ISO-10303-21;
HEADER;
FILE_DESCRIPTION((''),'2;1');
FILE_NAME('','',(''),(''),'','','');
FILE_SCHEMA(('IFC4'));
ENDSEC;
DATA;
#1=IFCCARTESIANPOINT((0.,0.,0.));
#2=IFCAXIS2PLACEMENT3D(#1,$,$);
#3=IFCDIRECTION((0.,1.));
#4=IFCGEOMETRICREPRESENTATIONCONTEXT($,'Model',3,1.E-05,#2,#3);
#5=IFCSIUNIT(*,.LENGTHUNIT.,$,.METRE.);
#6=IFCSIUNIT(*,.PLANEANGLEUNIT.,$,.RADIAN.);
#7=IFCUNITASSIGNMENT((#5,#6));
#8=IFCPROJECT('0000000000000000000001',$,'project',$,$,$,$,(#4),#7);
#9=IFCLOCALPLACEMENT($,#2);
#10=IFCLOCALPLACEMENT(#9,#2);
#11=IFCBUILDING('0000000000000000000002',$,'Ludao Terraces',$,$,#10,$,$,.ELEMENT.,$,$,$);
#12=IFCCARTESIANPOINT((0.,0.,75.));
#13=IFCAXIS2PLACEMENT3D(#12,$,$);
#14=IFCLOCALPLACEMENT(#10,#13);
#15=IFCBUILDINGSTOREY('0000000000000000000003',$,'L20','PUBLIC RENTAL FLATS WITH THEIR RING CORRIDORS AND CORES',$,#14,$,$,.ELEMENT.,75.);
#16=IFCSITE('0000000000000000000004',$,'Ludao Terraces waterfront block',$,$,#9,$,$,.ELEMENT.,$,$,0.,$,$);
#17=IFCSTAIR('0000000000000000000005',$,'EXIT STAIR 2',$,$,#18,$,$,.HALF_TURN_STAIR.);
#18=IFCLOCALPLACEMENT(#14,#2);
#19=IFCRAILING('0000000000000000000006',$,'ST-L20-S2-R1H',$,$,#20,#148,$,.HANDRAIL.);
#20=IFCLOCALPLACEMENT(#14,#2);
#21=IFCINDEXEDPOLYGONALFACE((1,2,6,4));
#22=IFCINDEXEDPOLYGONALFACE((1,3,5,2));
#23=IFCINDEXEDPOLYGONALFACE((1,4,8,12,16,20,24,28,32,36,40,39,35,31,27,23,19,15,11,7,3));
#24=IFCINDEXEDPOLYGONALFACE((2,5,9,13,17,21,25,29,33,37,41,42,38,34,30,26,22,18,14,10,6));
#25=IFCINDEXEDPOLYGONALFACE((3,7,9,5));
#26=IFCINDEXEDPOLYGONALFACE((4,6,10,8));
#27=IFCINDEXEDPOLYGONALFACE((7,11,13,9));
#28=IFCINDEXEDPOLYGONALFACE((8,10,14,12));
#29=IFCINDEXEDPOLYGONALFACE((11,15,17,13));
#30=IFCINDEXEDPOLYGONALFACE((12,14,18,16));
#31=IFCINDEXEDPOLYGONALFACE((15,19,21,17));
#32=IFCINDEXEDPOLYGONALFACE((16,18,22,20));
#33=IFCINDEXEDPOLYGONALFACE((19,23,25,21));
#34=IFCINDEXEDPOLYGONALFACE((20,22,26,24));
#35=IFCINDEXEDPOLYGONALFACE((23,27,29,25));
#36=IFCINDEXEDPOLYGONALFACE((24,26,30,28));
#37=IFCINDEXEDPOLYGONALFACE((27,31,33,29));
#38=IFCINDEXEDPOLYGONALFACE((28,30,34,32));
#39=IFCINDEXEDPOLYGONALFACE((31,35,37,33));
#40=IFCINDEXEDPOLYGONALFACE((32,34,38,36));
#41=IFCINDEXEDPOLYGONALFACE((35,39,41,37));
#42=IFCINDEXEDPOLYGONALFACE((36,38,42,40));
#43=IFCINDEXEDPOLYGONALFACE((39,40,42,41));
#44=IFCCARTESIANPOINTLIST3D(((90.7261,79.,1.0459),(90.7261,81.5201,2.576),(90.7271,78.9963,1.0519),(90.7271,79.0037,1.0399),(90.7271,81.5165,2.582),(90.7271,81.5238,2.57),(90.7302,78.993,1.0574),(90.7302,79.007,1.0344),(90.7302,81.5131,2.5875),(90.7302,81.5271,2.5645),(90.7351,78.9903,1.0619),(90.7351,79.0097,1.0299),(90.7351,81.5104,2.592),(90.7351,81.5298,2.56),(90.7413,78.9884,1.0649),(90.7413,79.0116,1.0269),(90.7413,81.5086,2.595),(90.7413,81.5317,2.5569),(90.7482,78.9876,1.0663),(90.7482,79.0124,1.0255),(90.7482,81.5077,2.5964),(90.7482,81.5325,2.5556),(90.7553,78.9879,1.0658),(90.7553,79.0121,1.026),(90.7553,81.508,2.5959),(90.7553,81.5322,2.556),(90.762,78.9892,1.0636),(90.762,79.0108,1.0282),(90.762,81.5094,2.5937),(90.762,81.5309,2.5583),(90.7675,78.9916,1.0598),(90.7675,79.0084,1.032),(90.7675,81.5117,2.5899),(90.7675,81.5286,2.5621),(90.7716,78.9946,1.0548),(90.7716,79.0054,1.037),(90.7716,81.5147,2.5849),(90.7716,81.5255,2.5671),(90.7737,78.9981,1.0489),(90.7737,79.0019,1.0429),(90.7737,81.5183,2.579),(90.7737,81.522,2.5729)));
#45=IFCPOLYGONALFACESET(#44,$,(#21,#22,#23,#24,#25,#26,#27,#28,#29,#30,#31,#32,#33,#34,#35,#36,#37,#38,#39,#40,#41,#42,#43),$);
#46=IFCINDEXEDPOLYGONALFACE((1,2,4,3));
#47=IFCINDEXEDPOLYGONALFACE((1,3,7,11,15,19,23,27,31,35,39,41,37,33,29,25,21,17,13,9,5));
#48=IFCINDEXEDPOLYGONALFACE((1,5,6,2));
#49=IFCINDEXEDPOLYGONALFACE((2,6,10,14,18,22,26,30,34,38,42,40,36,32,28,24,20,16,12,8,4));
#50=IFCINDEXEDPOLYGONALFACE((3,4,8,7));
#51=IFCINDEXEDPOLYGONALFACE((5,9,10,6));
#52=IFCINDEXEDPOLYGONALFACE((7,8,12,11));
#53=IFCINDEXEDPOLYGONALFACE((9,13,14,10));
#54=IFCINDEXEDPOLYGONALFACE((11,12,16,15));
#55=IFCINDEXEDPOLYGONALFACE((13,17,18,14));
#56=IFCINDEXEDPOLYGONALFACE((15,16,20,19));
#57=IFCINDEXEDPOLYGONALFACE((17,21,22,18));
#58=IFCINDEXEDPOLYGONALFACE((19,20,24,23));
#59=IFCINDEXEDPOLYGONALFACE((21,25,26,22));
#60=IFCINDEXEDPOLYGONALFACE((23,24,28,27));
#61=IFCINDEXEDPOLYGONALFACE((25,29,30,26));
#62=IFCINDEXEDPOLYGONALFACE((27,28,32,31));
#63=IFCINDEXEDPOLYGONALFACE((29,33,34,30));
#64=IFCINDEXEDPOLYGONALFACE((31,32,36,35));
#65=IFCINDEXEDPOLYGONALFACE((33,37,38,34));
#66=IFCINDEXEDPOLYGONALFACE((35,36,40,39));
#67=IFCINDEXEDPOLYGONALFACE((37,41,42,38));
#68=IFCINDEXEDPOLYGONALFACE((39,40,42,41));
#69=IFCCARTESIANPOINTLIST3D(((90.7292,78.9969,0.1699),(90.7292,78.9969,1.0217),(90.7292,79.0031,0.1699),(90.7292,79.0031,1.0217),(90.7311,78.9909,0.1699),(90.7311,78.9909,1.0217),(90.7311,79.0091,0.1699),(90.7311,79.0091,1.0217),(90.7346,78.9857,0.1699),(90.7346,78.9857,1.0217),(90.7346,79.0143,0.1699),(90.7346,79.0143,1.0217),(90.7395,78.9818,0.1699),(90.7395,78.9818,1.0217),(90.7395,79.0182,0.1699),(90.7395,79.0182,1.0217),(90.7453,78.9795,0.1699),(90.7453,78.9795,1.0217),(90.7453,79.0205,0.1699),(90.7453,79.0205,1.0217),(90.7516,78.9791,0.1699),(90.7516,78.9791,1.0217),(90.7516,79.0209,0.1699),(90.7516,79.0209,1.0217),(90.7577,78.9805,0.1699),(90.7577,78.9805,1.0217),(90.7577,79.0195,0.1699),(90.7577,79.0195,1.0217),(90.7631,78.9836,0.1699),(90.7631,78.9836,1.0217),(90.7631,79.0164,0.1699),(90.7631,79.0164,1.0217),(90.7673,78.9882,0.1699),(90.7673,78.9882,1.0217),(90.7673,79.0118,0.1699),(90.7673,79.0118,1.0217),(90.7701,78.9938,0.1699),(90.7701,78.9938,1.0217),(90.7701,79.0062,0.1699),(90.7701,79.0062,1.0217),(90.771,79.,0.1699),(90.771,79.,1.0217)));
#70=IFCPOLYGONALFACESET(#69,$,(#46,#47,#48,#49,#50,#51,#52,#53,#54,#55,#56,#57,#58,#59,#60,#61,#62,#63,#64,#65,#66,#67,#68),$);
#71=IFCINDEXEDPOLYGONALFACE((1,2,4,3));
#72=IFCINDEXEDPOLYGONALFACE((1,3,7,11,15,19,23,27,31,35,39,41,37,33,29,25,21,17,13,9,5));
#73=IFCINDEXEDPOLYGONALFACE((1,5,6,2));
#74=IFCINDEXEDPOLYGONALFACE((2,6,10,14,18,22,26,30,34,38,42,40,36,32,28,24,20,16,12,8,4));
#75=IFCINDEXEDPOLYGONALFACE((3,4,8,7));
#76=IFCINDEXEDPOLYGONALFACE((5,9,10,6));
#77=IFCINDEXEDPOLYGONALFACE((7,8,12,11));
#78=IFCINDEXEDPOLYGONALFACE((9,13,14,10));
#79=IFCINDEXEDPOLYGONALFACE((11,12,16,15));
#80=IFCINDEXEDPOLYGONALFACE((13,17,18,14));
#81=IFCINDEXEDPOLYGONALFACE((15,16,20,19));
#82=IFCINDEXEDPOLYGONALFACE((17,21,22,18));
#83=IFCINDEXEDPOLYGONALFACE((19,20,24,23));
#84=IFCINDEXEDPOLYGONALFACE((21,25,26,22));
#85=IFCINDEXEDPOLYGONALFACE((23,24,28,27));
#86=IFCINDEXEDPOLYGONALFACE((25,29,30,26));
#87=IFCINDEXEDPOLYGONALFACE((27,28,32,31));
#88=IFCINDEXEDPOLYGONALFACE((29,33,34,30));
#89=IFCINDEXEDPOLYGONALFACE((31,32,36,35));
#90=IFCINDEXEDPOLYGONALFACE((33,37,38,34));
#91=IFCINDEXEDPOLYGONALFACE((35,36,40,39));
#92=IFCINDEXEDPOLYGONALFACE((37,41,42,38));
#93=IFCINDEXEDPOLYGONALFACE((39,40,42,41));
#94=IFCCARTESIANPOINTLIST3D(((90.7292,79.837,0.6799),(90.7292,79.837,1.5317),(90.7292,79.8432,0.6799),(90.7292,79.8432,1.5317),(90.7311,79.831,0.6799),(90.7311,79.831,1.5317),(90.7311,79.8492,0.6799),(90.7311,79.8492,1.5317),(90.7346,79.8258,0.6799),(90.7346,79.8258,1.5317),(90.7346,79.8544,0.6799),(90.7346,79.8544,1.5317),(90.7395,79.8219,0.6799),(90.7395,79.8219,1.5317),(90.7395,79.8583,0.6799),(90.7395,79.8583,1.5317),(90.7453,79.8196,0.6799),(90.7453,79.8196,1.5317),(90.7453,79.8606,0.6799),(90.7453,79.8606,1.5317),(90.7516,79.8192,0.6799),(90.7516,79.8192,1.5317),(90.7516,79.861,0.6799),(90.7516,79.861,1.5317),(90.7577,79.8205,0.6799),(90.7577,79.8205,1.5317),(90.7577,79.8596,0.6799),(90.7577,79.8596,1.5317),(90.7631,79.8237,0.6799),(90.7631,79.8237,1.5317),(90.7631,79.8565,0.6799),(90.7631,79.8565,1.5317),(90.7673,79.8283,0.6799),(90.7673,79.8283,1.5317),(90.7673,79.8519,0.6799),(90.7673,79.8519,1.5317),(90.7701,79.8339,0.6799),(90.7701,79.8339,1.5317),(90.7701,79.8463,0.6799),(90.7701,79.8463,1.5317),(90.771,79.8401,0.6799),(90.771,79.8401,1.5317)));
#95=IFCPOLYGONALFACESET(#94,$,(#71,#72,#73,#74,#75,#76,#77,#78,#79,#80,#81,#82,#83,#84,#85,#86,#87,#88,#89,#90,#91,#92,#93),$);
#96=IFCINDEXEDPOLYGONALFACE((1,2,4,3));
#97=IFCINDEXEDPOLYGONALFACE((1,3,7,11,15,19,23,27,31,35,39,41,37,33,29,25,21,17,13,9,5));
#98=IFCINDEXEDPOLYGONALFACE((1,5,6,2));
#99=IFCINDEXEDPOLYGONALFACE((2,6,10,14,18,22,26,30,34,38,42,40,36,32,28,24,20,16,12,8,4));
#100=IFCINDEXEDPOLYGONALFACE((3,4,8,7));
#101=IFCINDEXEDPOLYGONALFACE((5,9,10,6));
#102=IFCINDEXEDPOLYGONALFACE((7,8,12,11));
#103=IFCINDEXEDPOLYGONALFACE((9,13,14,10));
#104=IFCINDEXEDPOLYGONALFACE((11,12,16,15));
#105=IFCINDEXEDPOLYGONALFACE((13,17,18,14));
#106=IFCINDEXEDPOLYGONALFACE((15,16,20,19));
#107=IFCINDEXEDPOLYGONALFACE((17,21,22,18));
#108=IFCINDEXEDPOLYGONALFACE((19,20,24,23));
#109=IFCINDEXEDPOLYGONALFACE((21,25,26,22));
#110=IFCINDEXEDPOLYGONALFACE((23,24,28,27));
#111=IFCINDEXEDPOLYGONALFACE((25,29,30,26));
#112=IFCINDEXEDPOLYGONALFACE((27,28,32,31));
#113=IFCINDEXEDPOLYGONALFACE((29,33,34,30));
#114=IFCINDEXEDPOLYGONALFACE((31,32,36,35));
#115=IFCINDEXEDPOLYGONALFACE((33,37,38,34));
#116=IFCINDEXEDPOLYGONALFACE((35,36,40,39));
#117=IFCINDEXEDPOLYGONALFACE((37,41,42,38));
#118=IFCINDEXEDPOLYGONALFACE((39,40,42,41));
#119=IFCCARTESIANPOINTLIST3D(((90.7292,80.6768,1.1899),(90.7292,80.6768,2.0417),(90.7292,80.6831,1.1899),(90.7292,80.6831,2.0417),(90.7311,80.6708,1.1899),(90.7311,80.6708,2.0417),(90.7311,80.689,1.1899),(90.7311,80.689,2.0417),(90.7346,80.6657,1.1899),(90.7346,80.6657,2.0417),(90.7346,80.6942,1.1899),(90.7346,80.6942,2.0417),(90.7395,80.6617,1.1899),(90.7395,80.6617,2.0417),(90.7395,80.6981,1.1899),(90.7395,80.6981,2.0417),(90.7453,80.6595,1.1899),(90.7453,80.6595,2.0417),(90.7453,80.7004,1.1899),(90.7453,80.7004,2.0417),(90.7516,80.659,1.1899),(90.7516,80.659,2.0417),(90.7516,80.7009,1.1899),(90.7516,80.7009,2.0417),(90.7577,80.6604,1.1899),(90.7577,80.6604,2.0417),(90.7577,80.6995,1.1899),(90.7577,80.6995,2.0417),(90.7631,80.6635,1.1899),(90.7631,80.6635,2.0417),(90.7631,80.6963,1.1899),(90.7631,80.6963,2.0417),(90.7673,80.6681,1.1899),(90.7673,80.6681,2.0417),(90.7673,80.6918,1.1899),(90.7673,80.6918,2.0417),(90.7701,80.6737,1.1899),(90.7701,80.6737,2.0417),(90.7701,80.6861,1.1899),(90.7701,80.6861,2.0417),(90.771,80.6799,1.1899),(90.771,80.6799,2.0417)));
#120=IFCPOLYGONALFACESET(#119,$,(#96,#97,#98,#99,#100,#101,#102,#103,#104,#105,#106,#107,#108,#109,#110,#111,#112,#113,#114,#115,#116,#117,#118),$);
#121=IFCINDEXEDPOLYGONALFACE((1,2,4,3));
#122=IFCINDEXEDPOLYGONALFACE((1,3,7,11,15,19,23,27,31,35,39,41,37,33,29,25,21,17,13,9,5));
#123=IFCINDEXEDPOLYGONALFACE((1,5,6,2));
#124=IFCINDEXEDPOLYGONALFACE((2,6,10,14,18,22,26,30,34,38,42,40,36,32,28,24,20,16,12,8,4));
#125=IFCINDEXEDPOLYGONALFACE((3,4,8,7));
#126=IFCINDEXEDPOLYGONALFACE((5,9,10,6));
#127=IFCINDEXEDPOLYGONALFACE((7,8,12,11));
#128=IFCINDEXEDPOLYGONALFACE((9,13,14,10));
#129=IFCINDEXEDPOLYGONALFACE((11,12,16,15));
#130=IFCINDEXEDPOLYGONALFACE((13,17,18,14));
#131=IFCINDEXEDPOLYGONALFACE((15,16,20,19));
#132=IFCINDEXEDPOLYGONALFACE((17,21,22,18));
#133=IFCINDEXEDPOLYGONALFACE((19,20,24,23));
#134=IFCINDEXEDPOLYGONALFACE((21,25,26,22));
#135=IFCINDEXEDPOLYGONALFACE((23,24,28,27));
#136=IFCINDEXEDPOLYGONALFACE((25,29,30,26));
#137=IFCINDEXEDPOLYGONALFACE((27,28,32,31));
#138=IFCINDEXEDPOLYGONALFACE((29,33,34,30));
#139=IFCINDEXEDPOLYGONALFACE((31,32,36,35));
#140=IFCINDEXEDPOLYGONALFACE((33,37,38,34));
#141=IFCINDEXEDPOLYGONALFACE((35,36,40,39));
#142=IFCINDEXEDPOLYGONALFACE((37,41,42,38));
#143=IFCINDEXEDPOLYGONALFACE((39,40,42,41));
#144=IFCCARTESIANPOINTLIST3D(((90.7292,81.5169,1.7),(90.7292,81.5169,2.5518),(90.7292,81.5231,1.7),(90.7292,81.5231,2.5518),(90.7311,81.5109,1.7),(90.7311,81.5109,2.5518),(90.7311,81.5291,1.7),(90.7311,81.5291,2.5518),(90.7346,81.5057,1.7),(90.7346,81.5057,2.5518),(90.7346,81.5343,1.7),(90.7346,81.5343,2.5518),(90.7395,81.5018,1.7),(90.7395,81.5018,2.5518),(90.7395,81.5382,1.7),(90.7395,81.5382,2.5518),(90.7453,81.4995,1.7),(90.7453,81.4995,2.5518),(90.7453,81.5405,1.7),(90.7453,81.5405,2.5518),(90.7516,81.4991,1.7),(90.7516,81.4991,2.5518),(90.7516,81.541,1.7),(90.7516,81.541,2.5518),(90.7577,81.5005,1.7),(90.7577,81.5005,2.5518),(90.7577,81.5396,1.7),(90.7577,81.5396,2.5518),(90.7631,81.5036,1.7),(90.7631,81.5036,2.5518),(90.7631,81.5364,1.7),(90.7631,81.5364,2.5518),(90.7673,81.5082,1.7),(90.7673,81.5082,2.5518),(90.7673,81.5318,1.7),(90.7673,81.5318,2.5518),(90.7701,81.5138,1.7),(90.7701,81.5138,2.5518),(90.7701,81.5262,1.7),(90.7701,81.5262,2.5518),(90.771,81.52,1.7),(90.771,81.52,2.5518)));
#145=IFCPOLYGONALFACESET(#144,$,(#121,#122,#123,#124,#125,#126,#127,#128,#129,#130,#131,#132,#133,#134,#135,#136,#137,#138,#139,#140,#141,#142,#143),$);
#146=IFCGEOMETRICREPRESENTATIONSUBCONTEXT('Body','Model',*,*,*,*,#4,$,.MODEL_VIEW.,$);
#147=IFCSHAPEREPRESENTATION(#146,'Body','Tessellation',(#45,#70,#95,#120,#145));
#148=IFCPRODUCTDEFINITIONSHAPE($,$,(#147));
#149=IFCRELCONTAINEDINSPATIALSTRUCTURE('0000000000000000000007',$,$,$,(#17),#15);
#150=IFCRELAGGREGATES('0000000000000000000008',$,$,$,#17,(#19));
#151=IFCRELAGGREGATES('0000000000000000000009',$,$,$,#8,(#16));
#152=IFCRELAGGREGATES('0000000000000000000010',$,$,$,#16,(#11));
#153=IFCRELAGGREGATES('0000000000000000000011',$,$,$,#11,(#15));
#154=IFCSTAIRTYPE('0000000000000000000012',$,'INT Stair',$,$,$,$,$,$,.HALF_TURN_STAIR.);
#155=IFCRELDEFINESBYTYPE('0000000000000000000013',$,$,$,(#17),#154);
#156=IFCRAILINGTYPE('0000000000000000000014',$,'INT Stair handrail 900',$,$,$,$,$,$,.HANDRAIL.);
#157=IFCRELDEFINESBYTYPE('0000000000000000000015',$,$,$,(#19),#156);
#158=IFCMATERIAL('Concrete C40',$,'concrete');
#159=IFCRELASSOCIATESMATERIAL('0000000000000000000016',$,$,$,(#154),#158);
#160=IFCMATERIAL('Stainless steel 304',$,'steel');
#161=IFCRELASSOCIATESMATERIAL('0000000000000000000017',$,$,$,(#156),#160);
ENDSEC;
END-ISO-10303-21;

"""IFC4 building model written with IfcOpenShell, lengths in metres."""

from ifc_helpers import new_model, si_unit, direction, frame, origin, origin_2d, place, context, subcontext, project, spatial, circle, extrude, material, type_object, element, aggregate, save


model = new_model("IFC4")

# Units and contexts
model_context = context("Model", 3, precision=1e-05, world=origin(), true_north=direction((0.0, 1.0)))
body_context = subcontext(model_context, "Body", "Model", "MODEL_VIEW")
ifc_project = project(units=[si_unit("LENGTHUNIT", "METRE"), si_unit("PLANEANGLEUNIT", "RADIAN")], contexts=[model_context])

# Site, building, storey
site_placement = place(None, origin())
site = spatial("IfcSite", under=ifc_project, at=site_placement, Name="Ludao Terraces waterfront block", CompositionType="ELEMENT", RefElevation=0.0)
building_placement = place(site_placement, origin())
building = spatial("IfcBuilding", under=site, at=building_placement, Name="Ludao Terraces", CompositionType="ELEMENT")
storey_placement = place(building_placement, frame((0.0, 0.0, 75.0)))
storey = spatial("IfcBuildingStorey", under=building, at=storey_placement, Name="L20", Description="PUBLIC RENTAL FLATS WITH THEIR RING CORRIDORS AND CORES", CompositionType="ELEMENT", Elevation=75.0)

# Stair, railing
ifc_material_1 = material(Name="Concrete C40", Category="concrete")
stair_type = type_object("IfcStairType", Name="INT Stair", PredefinedType="HALF_TURN_STAIR", material=ifc_material_1)
stair_placement = place(storey_placement, origin())
stair = element("IfcStair", 1, at=stair_placement, inside=storey, type_object=stair_type, Name="EXIT STAIR 2", PredefinedType="HALF_TURN_STAIR")
ifc_material_2 = material(Name="Stainless steel 304", Category="steel")
railing_type_1 = type_object("IfcRailingType", Name="INT Stair handrail 900", PredefinedType="HANDRAIL", material=ifc_material_2)
railing_1_placement = place(storey_placement, frame((90.75, 79.0, 0.1699)))
railing_1 = element("IfcRailing", 2, at=railing_1_placement, type_object=railing_type_1, Name="ST-L20-S2-R1H", PredefinedType="HANDRAIL", context=body_context, shape_type="SweptSolid", body=[
    extrude(circle(Radius=0.0239, at=origin_2d()), frame((0.0, 0.0, 0.876), z_axis=(0.0, 0.854785, 0.518982), x_axis=(-1.0, 0.0, 0.0)), (0.0, 0.0, 1.0), 2.9482),
    extrude(circle(Radius=0.021, at=origin_2d()), origin(), (0.0, 0.0, 1.0), 0.8518),
    extrude(circle(Radius=0.021, at=origin_2d()), frame((0.0, 0.8401, 0.51)), (0.0, 0.0, 1.0), 0.8518),
    extrude(circle(Radius=0.021, at=origin_2d()), frame((0.0, 1.6799, 1.02)), (0.0, 0.0, 1.0), 0.8518),
    extrude(circle(Radius=0.021, at=origin_2d()), frame((0.0, 2.52, 1.53)), (0.0, 0.0, 1.0), 0.8518),
])
aggregate(stair, [railing_1])

save(model, "model.ifc")
